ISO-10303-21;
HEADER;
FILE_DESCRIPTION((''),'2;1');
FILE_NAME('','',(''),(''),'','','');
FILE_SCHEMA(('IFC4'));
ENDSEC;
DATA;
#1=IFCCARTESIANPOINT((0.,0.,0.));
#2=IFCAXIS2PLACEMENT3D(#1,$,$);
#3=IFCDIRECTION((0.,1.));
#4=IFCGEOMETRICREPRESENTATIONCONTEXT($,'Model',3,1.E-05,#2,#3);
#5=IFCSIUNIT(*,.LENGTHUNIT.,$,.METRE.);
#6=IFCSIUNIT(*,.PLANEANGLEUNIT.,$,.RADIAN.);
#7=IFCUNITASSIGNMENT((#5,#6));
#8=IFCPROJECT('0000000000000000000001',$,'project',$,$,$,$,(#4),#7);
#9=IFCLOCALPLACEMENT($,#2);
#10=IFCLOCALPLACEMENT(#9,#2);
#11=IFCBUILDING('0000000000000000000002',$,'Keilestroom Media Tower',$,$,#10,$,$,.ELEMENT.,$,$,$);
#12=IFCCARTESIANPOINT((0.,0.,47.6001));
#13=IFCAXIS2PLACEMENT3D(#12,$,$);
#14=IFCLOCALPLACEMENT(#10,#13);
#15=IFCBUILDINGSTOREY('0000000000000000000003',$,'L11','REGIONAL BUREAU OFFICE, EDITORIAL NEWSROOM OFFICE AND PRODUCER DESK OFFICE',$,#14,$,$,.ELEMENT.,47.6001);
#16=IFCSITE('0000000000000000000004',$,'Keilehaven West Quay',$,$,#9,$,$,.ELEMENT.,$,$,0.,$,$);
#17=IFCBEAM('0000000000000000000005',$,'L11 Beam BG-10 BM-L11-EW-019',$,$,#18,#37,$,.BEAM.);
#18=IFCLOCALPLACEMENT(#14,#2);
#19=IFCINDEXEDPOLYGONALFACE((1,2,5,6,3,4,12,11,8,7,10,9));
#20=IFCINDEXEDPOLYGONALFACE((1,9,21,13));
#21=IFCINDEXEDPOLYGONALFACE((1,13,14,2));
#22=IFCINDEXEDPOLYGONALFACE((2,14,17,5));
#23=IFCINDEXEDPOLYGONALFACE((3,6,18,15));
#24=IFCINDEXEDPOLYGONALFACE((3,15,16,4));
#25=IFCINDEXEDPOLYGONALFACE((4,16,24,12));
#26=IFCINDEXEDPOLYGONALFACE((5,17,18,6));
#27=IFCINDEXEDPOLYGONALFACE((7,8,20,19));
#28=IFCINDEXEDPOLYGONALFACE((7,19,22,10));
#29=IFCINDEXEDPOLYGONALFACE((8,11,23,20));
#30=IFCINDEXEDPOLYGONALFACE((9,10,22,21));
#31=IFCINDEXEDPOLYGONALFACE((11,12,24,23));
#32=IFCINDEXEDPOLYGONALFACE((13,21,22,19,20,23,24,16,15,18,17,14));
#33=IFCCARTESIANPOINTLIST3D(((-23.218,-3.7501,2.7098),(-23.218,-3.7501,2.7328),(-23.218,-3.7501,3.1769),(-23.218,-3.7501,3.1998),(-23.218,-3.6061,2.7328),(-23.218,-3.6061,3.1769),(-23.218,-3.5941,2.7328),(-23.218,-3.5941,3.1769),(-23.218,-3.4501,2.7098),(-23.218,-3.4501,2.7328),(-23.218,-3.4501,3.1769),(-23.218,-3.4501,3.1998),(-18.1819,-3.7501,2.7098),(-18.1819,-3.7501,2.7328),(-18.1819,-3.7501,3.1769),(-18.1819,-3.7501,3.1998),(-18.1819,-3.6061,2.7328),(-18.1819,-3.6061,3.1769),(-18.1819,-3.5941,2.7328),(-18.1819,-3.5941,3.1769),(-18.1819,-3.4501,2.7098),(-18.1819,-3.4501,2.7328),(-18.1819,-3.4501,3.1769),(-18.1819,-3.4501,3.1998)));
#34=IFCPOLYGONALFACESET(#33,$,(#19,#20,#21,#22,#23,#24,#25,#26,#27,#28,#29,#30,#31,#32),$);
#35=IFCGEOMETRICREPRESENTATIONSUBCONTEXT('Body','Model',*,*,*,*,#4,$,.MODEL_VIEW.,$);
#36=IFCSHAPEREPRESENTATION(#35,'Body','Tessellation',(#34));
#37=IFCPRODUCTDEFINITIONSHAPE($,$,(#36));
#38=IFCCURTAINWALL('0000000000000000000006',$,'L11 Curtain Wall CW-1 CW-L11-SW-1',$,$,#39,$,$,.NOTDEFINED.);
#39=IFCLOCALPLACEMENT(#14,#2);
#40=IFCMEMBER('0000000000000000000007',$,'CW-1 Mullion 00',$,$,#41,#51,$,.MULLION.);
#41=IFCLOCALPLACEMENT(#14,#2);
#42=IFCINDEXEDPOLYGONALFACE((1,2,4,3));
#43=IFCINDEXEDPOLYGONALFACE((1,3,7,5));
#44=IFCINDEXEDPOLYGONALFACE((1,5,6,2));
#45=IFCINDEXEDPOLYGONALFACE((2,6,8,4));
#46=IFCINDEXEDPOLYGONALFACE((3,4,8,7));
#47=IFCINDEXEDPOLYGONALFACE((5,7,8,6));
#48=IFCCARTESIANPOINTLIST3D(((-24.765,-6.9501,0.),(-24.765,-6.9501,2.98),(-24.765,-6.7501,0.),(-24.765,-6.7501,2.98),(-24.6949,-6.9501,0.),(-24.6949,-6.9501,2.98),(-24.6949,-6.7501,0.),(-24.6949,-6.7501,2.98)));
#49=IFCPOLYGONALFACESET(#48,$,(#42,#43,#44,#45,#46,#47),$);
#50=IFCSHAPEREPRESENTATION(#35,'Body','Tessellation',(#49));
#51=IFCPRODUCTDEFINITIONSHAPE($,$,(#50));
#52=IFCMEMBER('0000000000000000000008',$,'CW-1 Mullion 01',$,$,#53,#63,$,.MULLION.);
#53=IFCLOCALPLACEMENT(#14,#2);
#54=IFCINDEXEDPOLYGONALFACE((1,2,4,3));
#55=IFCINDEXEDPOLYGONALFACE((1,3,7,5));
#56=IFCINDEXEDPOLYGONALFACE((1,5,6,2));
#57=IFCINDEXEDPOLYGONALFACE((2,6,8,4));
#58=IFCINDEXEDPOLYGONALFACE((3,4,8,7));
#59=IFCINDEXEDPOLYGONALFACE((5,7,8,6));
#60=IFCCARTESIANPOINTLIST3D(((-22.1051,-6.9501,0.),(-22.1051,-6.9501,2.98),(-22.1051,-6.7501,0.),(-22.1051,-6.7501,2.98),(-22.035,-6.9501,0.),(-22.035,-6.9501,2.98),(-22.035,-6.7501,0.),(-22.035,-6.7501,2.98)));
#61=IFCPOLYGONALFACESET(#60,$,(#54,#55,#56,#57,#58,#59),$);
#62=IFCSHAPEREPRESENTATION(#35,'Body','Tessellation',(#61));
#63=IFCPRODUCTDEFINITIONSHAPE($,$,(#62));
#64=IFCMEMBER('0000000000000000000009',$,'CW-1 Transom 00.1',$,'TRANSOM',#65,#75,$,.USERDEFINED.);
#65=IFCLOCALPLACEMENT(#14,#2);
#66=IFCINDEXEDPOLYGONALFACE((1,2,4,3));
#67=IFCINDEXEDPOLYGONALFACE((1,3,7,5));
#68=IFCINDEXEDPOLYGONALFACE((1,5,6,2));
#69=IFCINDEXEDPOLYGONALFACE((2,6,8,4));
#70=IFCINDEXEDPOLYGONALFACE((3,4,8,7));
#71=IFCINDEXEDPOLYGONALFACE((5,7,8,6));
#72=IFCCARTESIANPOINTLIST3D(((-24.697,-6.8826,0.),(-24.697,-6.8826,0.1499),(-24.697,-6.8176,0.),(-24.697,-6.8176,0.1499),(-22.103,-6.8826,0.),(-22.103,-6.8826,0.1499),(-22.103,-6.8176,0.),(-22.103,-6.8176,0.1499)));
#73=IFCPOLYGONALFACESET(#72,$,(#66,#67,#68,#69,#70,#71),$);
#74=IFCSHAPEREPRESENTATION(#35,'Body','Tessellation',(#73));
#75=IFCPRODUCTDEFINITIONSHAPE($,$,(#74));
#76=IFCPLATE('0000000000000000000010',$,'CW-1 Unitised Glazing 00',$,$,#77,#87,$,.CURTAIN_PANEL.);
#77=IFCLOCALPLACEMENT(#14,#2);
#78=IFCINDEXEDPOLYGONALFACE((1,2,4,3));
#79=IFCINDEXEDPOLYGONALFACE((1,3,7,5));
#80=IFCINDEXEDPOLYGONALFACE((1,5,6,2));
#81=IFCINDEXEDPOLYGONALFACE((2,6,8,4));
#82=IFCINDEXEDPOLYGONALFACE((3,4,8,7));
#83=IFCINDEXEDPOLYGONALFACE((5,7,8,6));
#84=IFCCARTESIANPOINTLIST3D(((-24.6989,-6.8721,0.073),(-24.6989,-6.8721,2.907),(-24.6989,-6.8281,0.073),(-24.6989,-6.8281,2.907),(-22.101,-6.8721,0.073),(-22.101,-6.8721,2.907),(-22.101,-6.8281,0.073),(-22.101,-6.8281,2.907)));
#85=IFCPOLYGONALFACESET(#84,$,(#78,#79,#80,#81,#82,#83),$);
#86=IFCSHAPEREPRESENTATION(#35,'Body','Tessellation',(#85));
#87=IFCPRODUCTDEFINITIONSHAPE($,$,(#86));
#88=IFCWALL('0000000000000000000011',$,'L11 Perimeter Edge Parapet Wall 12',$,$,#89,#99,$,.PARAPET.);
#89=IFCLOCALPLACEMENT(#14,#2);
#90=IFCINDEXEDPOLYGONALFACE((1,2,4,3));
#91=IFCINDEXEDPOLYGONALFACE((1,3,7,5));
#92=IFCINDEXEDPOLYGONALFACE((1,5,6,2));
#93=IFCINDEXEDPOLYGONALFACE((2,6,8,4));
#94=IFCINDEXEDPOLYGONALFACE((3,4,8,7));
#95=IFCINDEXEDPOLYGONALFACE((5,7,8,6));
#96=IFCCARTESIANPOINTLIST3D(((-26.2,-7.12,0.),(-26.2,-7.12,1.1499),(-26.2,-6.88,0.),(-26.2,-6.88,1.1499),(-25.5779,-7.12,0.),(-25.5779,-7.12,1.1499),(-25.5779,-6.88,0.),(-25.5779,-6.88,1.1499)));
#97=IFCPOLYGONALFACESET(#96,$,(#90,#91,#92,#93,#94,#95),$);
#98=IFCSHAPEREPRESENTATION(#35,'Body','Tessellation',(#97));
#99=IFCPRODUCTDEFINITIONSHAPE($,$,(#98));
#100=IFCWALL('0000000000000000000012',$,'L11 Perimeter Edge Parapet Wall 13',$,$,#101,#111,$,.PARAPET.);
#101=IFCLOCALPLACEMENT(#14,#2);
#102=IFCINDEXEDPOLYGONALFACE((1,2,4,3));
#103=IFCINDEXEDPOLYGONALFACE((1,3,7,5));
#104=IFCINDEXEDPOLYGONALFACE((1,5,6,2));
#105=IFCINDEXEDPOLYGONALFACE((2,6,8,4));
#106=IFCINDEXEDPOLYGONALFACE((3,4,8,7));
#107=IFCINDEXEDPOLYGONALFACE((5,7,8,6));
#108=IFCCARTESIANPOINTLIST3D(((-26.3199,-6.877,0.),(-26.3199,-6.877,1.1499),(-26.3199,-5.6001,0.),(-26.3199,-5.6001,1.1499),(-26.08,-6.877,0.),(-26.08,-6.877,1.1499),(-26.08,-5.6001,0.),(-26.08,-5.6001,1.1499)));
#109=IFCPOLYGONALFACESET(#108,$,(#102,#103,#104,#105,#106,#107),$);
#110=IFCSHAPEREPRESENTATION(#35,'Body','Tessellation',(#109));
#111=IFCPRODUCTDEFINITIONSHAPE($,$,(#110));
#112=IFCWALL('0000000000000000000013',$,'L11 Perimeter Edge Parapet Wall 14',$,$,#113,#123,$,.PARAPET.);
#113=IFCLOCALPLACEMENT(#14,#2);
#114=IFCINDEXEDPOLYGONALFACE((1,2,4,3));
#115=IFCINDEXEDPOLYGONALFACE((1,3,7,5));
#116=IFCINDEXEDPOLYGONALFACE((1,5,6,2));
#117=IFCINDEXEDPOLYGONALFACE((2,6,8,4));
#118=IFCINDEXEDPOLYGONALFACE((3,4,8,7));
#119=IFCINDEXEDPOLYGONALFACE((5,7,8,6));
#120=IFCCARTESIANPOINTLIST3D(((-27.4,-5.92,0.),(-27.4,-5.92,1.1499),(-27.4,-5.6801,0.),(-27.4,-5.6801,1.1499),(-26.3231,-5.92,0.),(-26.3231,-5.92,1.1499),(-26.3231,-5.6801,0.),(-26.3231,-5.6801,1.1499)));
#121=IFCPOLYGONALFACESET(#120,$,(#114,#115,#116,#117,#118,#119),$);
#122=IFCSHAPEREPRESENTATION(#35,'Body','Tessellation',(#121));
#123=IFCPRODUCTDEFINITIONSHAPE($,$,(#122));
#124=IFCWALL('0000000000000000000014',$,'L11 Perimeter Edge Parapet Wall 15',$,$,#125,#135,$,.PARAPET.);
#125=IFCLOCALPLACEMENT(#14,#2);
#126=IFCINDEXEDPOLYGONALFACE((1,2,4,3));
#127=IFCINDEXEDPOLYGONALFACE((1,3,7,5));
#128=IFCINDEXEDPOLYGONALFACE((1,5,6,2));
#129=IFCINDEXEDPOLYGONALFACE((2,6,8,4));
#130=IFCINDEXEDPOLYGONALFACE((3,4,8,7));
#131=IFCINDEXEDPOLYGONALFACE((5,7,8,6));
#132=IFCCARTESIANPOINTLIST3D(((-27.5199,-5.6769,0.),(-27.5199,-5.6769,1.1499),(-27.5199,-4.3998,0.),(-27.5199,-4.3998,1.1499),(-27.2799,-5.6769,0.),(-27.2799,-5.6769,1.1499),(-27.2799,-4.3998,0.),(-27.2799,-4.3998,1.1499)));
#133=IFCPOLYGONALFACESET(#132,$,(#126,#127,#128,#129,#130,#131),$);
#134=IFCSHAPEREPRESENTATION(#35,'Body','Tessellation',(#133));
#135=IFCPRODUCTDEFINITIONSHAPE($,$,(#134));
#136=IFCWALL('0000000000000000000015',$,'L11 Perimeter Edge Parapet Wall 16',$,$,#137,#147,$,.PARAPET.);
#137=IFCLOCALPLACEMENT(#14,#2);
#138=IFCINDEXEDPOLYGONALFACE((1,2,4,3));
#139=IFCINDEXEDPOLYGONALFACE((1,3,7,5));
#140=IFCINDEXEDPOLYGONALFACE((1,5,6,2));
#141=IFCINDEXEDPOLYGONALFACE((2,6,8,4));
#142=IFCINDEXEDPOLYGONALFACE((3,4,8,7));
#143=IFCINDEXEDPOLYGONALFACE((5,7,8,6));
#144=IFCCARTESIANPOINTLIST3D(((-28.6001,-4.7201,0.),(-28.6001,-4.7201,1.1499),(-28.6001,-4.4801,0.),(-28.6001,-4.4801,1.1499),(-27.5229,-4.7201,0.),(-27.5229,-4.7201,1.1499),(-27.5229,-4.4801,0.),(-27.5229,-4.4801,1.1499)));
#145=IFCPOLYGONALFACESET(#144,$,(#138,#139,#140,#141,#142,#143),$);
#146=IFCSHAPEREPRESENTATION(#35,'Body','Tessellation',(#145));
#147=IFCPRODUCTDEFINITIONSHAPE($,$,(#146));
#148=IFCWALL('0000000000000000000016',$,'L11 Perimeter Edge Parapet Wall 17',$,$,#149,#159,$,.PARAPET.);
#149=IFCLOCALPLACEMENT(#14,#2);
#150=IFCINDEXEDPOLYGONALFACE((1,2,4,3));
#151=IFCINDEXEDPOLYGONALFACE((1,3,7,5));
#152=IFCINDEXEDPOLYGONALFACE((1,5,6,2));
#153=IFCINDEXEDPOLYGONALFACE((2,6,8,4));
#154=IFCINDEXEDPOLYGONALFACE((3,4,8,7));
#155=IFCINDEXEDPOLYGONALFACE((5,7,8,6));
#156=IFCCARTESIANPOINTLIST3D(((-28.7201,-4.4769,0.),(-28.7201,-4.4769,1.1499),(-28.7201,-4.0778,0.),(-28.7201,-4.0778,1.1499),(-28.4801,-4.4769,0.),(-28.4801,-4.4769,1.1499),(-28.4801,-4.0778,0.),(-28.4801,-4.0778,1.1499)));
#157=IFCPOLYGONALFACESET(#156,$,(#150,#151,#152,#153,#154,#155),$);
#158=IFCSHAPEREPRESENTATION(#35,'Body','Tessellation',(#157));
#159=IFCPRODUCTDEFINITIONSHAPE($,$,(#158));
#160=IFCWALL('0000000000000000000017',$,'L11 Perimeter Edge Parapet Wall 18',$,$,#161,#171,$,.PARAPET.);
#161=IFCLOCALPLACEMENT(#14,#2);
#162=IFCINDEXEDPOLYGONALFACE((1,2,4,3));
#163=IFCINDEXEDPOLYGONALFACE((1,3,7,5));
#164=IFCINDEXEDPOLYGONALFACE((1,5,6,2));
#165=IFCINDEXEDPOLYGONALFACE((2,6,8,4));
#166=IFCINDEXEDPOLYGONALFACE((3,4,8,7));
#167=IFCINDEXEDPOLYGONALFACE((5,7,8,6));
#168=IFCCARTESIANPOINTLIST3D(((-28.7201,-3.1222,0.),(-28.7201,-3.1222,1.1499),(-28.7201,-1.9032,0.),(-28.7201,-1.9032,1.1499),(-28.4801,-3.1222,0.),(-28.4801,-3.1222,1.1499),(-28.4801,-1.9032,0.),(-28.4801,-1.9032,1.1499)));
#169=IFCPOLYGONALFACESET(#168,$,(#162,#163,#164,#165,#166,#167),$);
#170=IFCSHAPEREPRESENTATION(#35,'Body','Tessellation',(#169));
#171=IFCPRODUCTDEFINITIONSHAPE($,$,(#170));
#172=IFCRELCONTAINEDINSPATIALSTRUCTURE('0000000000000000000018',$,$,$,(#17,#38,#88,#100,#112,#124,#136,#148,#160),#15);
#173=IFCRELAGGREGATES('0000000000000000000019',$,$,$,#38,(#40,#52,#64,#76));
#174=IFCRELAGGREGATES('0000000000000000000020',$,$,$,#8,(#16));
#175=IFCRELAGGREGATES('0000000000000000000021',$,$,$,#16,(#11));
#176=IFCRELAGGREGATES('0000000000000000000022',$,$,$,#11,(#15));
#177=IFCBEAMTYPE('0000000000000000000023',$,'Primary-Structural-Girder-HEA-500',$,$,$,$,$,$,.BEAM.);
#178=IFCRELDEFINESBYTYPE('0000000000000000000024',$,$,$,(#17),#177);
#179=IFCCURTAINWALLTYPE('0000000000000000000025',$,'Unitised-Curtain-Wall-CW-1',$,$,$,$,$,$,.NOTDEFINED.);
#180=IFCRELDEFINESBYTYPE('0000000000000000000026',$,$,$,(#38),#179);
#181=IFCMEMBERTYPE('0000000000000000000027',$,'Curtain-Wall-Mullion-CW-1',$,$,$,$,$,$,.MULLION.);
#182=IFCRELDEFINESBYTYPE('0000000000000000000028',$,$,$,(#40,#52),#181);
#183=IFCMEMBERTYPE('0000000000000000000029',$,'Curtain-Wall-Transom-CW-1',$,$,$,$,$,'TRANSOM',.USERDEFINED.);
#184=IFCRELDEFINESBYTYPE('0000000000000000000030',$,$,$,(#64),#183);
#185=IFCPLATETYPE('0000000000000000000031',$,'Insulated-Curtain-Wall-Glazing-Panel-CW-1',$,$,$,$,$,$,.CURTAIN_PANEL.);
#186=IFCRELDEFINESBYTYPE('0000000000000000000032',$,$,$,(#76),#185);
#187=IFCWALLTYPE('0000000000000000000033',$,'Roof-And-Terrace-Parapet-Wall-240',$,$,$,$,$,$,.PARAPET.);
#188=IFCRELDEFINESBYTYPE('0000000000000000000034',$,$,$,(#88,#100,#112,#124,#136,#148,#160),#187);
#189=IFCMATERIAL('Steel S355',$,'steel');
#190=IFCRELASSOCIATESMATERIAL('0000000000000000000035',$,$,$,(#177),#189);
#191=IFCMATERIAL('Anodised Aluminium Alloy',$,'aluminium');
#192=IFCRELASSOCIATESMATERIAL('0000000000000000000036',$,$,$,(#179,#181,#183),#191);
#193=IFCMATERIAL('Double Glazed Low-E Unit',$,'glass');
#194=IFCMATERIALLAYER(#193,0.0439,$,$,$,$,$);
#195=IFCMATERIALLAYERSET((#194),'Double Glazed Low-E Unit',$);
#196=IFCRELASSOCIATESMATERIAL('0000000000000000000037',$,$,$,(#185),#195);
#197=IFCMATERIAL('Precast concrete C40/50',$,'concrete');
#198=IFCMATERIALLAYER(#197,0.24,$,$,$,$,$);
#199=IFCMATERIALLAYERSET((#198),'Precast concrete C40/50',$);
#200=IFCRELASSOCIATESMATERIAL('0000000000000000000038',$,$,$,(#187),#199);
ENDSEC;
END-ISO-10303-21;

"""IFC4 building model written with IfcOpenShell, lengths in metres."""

from ifc_helpers import new_model, si_unit, direction, frame, frame_2d, origin, origin_2d, place, context, subcontext, project, spatial, rectangle, i_section, extrude, source, transform, mapped, material, layer, layer_set, material_profile, profile_set, type_object, element, aggregate, save


model = new_model("IFC4")

# Units and contexts
model_context = context("Model", 3, precision=1e-05, world=origin(), true_north=direction((0.0, 1.0)))
body_context = subcontext(model_context, "Body", "Model", "MODEL_VIEW")
ifc_project = project(units=[si_unit("LENGTHUNIT", "METRE"), si_unit("PLANEANGLEUNIT", "RADIAN")], contexts=[model_context])

# Site, building, storey
site_placement = place(None, origin())
site = spatial("IfcSite", under=ifc_project, at=site_placement, Name="Keilehaven West Quay", CompositionType="ELEMENT", RefElevation=0.0)
building_placement = place(site_placement, origin())
building = spatial("IfcBuilding", under=site, at=building_placement, Name="Keilestroom Media Tower", CompositionType="ELEMENT")
storey_placement = place(building_placement, frame((0.0, 0.0, 47.6001)))
storey = spatial("IfcBuildingStorey", under=building, at=storey_placement, Name="L11", Description="REGIONAL BUREAU OFFICE, EDITORIAL NEWSROOM OFFICE AND PRODUCER DESK OFFICE", CompositionType="ELEMENT", Elevation=47.6001)

# Shared definitions
ifc_material_1 = material(Name="Precast concrete C40/50", Category="concrete")

# Beam
ifc_material_2 = material(Name="Steel S355", Category="steel")
ifc_material_profile_1 = material_profile(ifc_material_2, i_section(OverallWidth=0.3, OverallDepth=0.49, WebThickness=0.012, FlangeThickness=0.0229, at=origin_2d()), Name="HEA 500")
ifc_profile_set_1 = profile_set([ifc_material_profile_1], Name="Steel S355")
beam_type_1 = type_object("IfcBeamType", Name="Primary-Structural-Girder-HEA-500", PredefinedType="BEAM", material=ifc_profile_set_1)
shared_shape_1 = source(origin(), body_context, "Body", "SweptSolid", [
    extrude(i_section(OverallWidth=0.3, OverallDepth=0.49, WebThickness=0.012, FlangeThickness=0.0229, at=origin_2d()), origin(), (0.0, 0.0, 1.0), 5.0361),
])
beam_1_placement = place(storey_placement, frame((-23.218, -3.6001, 2.9548), z_axis=(1.0, 0.0, 0.0), x_axis=(0.0, 1.0, 0.0)))
element("IfcBeam", 1, at=beam_1_placement, inside=storey, type_object=beam_type_1, Name="L11 Beam BG-10 BM-L11-EW-019", PredefinedType="BEAM", context=body_context, shape_type="MappedRepresentation", body=[
    mapped(shared_shape_1, transform((0.0, 0.0, 0.0), x_axis=(1.0, 0.0, 0.0), y_axis=(0.0, 1.0, 0.0), z_axis=(0.0, 0.0, 1.0), scale=1.0)),
])

# Curtain wall, members, plate
ifc_material_3 = material(Name="Anodised Aluminium Alloy", Category="aluminium")
curtain_wall_type = type_object("IfcCurtainWallType", Name="Unitised-Curtain-Wall-CW-1", PredefinedType="NOTDEFINED", material=ifc_material_3)
curtain_wall_placement = place(storey_placement, origin())
curtain_wall = element("IfcCurtainWall", 2, at=curtain_wall_placement, inside=storey, type_object=curtain_wall_type, Name="L11 Curtain Wall CW-1 CW-L11-SW-1", PredefinedType="NOTDEFINED")
ifc_material_profile_2 = material_profile(ifc_material_3, rectangle(XDim=0.0701, YDim=0.2, at=origin_2d()), Name="ALU MULLION 70x200")
ifc_profile_set_2 = profile_set([ifc_material_profile_2], Name="Anodised Aluminium Alloy")
member_type_1 = type_object("IfcMemberType", Name="Curtain-Wall-Mullion-CW-1", PredefinedType="MULLION", material=ifc_profile_set_2)
shared_shape_2 = source(origin(), body_context, "Body", "SweptSolid", [
    extrude(rectangle(XDim=0.0701, YDim=0.2, at=origin_2d()), origin(), (0.0, 0.0, 1.0), 2.98),
])
member_1_placement = place(storey_placement, frame((-24.73, -6.8501, 0.0), z_axis=(0.0, 0.0, 1.0), x_axis=(1.0, 0.0, 0.0)))
member_1 = element("IfcMember", 3, at=member_1_placement, type_object=member_type_1, Name="CW-1 Mullion 00", PredefinedType="MULLION", context=body_context, shape_type="MappedRepresentation", body=[
    mapped(shared_shape_2, transform((0.0, 0.0, 0.0), x_axis=(1.0, 0.0, 0.0), y_axis=(0.0, 1.0, 0.0), z_axis=(0.0, 0.0, 1.0), scale=1.0)),
])
member_2_placement = place(storey_placement, frame((-22.0701, -6.8501, 0.0), z_axis=(0.0, 0.0, 1.0), x_axis=(1.0, 0.0, 0.0)))
member_2 = element("IfcMember", 4, at=member_2_placement, type_object=member_type_1, Name="CW-1 Mullion 01", PredefinedType="MULLION", context=body_context, shape_type="MappedRepresentation", body=[
    mapped(shared_shape_2, transform((0.0, 0.0, 0.0), x_axis=(1.0, 0.0, 0.0), y_axis=(0.0, 1.0, 0.0), z_axis=(0.0, 0.0, 1.0), scale=1.0)),
])
ifc_material_profile_3 = material_profile(ifc_material_3, rectangle(XDim=0.0649, YDim=0.1499, at=origin_2d()), Name="ALU TRANSOM 65x150")
ifc_profile_set_3 = profile_set([ifc_material_profile_3], Name="Anodised Aluminium Alloy")
member_type_2 = type_object("IfcMemberType", Name="Curtain-Wall-Transom-CW-1", ElementType="TRANSOM", PredefinedType="USERDEFINED", material=ifc_profile_set_3)
shared_shape_3 = source(origin(), body_context, "Body", "SweptSolid", [
    extrude(rectangle(XDim=0.0649, YDim=0.1499, at=origin_2d()), origin(), (0.0, 0.0, 1.0), 2.594),
])
member_3_placement = place(storey_placement, frame((-24.697, -6.8501, 0.075), z_axis=(1.0, 0.0, 0.0), x_axis=(0.0, 1.0, 0.0)))
member_3 = element("IfcMember", 5, at=member_3_placement, type_object=member_type_2, Name="CW-1 Transom 00.1", ObjectType="TRANSOM", PredefinedType="USERDEFINED", context=body_context, shape_type="MappedRepresentation", body=[
    mapped(shared_shape_3, transform((0.0, 0.0, 0.0), x_axis=(1.0, 0.0, 0.0), y_axis=(0.0, 1.0, 0.0), z_axis=(0.0, 0.0, 1.0), scale=1.0)),
])
ifc_material_4 = material(Name="Double Glazed Low-E Unit", Category="glass")
ifc_layer_1 = layer(ifc_material_4, 0.0439)
ifc_layer_set_1 = layer_set([ifc_layer_1], Name="Double Glazed Low-E Unit")
plate_type = type_object("IfcPlateType", Name="Insulated-Curtain-Wall-Glazing-Panel-CW-1", PredefinedType="CURTAIN_PANEL", material=ifc_layer_set_1)
shared_shape_4 = source(origin(), body_context, "Body", "SweptSolid", [
    extrude(rectangle(XDim=2.5979, YDim=0.0439, at=origin_2d()), origin(), (0.0, 0.0, 1.0), 2.834),
])
plate_placement = place(storey_placement, frame((-23.3999, -6.8501, 0.073), z_axis=(0.0, 0.0, 1.0), x_axis=(1.0, 0.0, 0.0)))
plate = element("IfcPlate", 6, at=plate_placement, type_object=plate_type, Name="CW-1 Unitised Glazing 00", PredefinedType="CURTAIN_PANEL", context=body_context, shape_type="MappedRepresentation", body=[
    mapped(shared_shape_4, transform((0.0, 0.0, 0.0), x_axis=(1.0, 0.0, 0.0), y_axis=(0.0, 1.0, 0.0), z_axis=(0.0, 0.0, 1.0), scale=1.0)),
])
aggregate(curtain_wall, [member_1, member_2, member_3, plate])

# Walls
ifc_layer_2 = layer(ifc_material_1, 0.24)
ifc_layer_set_2 = layer_set([ifc_layer_2], Name="Precast concrete C40/50")
wall_type = type_object("IfcWallType", Name="Roof-And-Terrace-Parapet-Wall-240", PredefinedType="PARAPET", material=ifc_layer_set_2)
wall_1_placement = place(storey_placement, frame((-25.5779, -7.0, 0.0), z_axis=(0.0, 0.0, 1.0), x_axis=(-1.0, 0.0, 0.0)))
element("IfcWall", 7, at=wall_1_placement, inside=storey, type_object=wall_type, Name="L11 Perimeter Edge Parapet Wall 12", PredefinedType="PARAPET", context=body_context, shape_type="SweptSolid", body=[
    extrude(rectangle(XDim=0.6221, YDim=0.24, at=frame_2d((0.311, 0.0))), origin(), (0.0, 0.0, 1.0), 1.1499),
])
wall_2_placement = place(storey_placement, frame((-26.2, -6.877, 0.0), z_axis=(0.0, 0.0, 1.0), x_axis=(0.0, 1.0, 0.0)))
element("IfcWall", 8, at=wall_2_placement, inside=storey, type_object=wall_type, Name="L11 Perimeter Edge Parapet Wall 13", PredefinedType="PARAPET", context=body_context, shape_type="SweptSolid", body=[
    extrude(rectangle(XDim=1.2769, YDim=0.24, at=frame_2d((0.6384, 0.0))), origin(), (0.0, 0.0, 1.0), 1.1499),
])
wall_3_placement = place(storey_placement, frame((-26.323, -5.8, 0.0), z_axis=(0.0, 0.0, 1.0), x_axis=(-1.0, 0.0, 0.0)))
element("IfcWall", 9, at=wall_3_placement, inside=storey, type_object=wall_type, Name="L11 Perimeter Edge Parapet Wall 14", PredefinedType="PARAPET", context=body_context, shape_type="SweptSolid", body=[
    extrude(rectangle(XDim=1.0769, YDim=0.24, at=frame_2d((0.5386, 0.0))), origin(), (0.0, 0.0, 1.0), 1.1499),
])
wall_4_placement = place(storey_placement, frame((-27.3999, -5.677, 0.0), z_axis=(0.0, 0.0, 1.0), x_axis=(0.0, 1.0, 0.0)))
element("IfcWall", 10, at=wall_4_placement, inside=storey, type_object=wall_type, Name="L11 Perimeter Edge Parapet Wall 15", PredefinedType="PARAPET", context=body_context, shape_type="SweptSolid", body=[
    extrude(rectangle(XDim=1.2771, YDim=0.24, at=frame_2d((0.6387, 0.0))), origin(), (0.0, 0.0, 1.0), 1.1499),
])
wall_5_placement = place(storey_placement, frame((-27.5229, -4.6001, 0.0), z_axis=(0.0, 0.0, 1.0), x_axis=(-1.0, 0.0, 0.0)))
element("IfcWall", 11, at=wall_5_placement, inside=storey, type_object=wall_type, Name="L11 Perimeter Edge Parapet Wall 16", PredefinedType="PARAPET", context=body_context, shape_type="SweptSolid", body=[
    extrude(rectangle(XDim=1.0771, YDim=0.24, at=frame_2d((0.5386, 0.0))), origin(), (0.0, 0.0, 1.0), 1.1499),
])
wall_6_placement = place(storey_placement, frame((-28.6001, -4.4771, 0.0), z_axis=(0.0, 0.0, 1.0), x_axis=(0.0, 1.0, 0.0)))
element("IfcWall", 12, at=wall_6_placement, inside=storey, type_object=wall_type, Name="L11 Perimeter Edge Parapet Wall 17", PredefinedType="PARAPET", context=body_context, shape_type="SweptSolid", body=[
    extrude(rectangle(XDim=0.3992, YDim=0.24, at=frame_2d((0.1997, 0.0))), origin(), (0.0, 0.0, 1.0), 1.1499),
])
wall_7_placement = place(storey_placement, frame((-28.6001, -3.1221, 0.0), z_axis=(0.0, 0.0, 1.0), x_axis=(0.0, 1.0, 0.0)))
element("IfcWall", 13, at=wall_7_placement, inside=storey, type_object=wall_type, Name="L11 Perimeter Edge Parapet Wall 18", PredefinedType="PARAPET", context=body_context, shape_type="SweptSolid", body=[
    extrude(rectangle(XDim=1.219, YDim=0.24, at=frame_2d((0.6094, 0.0))), origin(), (0.0, 0.0, 1.0), 1.1499),
])

save(model, "model.ifc")
